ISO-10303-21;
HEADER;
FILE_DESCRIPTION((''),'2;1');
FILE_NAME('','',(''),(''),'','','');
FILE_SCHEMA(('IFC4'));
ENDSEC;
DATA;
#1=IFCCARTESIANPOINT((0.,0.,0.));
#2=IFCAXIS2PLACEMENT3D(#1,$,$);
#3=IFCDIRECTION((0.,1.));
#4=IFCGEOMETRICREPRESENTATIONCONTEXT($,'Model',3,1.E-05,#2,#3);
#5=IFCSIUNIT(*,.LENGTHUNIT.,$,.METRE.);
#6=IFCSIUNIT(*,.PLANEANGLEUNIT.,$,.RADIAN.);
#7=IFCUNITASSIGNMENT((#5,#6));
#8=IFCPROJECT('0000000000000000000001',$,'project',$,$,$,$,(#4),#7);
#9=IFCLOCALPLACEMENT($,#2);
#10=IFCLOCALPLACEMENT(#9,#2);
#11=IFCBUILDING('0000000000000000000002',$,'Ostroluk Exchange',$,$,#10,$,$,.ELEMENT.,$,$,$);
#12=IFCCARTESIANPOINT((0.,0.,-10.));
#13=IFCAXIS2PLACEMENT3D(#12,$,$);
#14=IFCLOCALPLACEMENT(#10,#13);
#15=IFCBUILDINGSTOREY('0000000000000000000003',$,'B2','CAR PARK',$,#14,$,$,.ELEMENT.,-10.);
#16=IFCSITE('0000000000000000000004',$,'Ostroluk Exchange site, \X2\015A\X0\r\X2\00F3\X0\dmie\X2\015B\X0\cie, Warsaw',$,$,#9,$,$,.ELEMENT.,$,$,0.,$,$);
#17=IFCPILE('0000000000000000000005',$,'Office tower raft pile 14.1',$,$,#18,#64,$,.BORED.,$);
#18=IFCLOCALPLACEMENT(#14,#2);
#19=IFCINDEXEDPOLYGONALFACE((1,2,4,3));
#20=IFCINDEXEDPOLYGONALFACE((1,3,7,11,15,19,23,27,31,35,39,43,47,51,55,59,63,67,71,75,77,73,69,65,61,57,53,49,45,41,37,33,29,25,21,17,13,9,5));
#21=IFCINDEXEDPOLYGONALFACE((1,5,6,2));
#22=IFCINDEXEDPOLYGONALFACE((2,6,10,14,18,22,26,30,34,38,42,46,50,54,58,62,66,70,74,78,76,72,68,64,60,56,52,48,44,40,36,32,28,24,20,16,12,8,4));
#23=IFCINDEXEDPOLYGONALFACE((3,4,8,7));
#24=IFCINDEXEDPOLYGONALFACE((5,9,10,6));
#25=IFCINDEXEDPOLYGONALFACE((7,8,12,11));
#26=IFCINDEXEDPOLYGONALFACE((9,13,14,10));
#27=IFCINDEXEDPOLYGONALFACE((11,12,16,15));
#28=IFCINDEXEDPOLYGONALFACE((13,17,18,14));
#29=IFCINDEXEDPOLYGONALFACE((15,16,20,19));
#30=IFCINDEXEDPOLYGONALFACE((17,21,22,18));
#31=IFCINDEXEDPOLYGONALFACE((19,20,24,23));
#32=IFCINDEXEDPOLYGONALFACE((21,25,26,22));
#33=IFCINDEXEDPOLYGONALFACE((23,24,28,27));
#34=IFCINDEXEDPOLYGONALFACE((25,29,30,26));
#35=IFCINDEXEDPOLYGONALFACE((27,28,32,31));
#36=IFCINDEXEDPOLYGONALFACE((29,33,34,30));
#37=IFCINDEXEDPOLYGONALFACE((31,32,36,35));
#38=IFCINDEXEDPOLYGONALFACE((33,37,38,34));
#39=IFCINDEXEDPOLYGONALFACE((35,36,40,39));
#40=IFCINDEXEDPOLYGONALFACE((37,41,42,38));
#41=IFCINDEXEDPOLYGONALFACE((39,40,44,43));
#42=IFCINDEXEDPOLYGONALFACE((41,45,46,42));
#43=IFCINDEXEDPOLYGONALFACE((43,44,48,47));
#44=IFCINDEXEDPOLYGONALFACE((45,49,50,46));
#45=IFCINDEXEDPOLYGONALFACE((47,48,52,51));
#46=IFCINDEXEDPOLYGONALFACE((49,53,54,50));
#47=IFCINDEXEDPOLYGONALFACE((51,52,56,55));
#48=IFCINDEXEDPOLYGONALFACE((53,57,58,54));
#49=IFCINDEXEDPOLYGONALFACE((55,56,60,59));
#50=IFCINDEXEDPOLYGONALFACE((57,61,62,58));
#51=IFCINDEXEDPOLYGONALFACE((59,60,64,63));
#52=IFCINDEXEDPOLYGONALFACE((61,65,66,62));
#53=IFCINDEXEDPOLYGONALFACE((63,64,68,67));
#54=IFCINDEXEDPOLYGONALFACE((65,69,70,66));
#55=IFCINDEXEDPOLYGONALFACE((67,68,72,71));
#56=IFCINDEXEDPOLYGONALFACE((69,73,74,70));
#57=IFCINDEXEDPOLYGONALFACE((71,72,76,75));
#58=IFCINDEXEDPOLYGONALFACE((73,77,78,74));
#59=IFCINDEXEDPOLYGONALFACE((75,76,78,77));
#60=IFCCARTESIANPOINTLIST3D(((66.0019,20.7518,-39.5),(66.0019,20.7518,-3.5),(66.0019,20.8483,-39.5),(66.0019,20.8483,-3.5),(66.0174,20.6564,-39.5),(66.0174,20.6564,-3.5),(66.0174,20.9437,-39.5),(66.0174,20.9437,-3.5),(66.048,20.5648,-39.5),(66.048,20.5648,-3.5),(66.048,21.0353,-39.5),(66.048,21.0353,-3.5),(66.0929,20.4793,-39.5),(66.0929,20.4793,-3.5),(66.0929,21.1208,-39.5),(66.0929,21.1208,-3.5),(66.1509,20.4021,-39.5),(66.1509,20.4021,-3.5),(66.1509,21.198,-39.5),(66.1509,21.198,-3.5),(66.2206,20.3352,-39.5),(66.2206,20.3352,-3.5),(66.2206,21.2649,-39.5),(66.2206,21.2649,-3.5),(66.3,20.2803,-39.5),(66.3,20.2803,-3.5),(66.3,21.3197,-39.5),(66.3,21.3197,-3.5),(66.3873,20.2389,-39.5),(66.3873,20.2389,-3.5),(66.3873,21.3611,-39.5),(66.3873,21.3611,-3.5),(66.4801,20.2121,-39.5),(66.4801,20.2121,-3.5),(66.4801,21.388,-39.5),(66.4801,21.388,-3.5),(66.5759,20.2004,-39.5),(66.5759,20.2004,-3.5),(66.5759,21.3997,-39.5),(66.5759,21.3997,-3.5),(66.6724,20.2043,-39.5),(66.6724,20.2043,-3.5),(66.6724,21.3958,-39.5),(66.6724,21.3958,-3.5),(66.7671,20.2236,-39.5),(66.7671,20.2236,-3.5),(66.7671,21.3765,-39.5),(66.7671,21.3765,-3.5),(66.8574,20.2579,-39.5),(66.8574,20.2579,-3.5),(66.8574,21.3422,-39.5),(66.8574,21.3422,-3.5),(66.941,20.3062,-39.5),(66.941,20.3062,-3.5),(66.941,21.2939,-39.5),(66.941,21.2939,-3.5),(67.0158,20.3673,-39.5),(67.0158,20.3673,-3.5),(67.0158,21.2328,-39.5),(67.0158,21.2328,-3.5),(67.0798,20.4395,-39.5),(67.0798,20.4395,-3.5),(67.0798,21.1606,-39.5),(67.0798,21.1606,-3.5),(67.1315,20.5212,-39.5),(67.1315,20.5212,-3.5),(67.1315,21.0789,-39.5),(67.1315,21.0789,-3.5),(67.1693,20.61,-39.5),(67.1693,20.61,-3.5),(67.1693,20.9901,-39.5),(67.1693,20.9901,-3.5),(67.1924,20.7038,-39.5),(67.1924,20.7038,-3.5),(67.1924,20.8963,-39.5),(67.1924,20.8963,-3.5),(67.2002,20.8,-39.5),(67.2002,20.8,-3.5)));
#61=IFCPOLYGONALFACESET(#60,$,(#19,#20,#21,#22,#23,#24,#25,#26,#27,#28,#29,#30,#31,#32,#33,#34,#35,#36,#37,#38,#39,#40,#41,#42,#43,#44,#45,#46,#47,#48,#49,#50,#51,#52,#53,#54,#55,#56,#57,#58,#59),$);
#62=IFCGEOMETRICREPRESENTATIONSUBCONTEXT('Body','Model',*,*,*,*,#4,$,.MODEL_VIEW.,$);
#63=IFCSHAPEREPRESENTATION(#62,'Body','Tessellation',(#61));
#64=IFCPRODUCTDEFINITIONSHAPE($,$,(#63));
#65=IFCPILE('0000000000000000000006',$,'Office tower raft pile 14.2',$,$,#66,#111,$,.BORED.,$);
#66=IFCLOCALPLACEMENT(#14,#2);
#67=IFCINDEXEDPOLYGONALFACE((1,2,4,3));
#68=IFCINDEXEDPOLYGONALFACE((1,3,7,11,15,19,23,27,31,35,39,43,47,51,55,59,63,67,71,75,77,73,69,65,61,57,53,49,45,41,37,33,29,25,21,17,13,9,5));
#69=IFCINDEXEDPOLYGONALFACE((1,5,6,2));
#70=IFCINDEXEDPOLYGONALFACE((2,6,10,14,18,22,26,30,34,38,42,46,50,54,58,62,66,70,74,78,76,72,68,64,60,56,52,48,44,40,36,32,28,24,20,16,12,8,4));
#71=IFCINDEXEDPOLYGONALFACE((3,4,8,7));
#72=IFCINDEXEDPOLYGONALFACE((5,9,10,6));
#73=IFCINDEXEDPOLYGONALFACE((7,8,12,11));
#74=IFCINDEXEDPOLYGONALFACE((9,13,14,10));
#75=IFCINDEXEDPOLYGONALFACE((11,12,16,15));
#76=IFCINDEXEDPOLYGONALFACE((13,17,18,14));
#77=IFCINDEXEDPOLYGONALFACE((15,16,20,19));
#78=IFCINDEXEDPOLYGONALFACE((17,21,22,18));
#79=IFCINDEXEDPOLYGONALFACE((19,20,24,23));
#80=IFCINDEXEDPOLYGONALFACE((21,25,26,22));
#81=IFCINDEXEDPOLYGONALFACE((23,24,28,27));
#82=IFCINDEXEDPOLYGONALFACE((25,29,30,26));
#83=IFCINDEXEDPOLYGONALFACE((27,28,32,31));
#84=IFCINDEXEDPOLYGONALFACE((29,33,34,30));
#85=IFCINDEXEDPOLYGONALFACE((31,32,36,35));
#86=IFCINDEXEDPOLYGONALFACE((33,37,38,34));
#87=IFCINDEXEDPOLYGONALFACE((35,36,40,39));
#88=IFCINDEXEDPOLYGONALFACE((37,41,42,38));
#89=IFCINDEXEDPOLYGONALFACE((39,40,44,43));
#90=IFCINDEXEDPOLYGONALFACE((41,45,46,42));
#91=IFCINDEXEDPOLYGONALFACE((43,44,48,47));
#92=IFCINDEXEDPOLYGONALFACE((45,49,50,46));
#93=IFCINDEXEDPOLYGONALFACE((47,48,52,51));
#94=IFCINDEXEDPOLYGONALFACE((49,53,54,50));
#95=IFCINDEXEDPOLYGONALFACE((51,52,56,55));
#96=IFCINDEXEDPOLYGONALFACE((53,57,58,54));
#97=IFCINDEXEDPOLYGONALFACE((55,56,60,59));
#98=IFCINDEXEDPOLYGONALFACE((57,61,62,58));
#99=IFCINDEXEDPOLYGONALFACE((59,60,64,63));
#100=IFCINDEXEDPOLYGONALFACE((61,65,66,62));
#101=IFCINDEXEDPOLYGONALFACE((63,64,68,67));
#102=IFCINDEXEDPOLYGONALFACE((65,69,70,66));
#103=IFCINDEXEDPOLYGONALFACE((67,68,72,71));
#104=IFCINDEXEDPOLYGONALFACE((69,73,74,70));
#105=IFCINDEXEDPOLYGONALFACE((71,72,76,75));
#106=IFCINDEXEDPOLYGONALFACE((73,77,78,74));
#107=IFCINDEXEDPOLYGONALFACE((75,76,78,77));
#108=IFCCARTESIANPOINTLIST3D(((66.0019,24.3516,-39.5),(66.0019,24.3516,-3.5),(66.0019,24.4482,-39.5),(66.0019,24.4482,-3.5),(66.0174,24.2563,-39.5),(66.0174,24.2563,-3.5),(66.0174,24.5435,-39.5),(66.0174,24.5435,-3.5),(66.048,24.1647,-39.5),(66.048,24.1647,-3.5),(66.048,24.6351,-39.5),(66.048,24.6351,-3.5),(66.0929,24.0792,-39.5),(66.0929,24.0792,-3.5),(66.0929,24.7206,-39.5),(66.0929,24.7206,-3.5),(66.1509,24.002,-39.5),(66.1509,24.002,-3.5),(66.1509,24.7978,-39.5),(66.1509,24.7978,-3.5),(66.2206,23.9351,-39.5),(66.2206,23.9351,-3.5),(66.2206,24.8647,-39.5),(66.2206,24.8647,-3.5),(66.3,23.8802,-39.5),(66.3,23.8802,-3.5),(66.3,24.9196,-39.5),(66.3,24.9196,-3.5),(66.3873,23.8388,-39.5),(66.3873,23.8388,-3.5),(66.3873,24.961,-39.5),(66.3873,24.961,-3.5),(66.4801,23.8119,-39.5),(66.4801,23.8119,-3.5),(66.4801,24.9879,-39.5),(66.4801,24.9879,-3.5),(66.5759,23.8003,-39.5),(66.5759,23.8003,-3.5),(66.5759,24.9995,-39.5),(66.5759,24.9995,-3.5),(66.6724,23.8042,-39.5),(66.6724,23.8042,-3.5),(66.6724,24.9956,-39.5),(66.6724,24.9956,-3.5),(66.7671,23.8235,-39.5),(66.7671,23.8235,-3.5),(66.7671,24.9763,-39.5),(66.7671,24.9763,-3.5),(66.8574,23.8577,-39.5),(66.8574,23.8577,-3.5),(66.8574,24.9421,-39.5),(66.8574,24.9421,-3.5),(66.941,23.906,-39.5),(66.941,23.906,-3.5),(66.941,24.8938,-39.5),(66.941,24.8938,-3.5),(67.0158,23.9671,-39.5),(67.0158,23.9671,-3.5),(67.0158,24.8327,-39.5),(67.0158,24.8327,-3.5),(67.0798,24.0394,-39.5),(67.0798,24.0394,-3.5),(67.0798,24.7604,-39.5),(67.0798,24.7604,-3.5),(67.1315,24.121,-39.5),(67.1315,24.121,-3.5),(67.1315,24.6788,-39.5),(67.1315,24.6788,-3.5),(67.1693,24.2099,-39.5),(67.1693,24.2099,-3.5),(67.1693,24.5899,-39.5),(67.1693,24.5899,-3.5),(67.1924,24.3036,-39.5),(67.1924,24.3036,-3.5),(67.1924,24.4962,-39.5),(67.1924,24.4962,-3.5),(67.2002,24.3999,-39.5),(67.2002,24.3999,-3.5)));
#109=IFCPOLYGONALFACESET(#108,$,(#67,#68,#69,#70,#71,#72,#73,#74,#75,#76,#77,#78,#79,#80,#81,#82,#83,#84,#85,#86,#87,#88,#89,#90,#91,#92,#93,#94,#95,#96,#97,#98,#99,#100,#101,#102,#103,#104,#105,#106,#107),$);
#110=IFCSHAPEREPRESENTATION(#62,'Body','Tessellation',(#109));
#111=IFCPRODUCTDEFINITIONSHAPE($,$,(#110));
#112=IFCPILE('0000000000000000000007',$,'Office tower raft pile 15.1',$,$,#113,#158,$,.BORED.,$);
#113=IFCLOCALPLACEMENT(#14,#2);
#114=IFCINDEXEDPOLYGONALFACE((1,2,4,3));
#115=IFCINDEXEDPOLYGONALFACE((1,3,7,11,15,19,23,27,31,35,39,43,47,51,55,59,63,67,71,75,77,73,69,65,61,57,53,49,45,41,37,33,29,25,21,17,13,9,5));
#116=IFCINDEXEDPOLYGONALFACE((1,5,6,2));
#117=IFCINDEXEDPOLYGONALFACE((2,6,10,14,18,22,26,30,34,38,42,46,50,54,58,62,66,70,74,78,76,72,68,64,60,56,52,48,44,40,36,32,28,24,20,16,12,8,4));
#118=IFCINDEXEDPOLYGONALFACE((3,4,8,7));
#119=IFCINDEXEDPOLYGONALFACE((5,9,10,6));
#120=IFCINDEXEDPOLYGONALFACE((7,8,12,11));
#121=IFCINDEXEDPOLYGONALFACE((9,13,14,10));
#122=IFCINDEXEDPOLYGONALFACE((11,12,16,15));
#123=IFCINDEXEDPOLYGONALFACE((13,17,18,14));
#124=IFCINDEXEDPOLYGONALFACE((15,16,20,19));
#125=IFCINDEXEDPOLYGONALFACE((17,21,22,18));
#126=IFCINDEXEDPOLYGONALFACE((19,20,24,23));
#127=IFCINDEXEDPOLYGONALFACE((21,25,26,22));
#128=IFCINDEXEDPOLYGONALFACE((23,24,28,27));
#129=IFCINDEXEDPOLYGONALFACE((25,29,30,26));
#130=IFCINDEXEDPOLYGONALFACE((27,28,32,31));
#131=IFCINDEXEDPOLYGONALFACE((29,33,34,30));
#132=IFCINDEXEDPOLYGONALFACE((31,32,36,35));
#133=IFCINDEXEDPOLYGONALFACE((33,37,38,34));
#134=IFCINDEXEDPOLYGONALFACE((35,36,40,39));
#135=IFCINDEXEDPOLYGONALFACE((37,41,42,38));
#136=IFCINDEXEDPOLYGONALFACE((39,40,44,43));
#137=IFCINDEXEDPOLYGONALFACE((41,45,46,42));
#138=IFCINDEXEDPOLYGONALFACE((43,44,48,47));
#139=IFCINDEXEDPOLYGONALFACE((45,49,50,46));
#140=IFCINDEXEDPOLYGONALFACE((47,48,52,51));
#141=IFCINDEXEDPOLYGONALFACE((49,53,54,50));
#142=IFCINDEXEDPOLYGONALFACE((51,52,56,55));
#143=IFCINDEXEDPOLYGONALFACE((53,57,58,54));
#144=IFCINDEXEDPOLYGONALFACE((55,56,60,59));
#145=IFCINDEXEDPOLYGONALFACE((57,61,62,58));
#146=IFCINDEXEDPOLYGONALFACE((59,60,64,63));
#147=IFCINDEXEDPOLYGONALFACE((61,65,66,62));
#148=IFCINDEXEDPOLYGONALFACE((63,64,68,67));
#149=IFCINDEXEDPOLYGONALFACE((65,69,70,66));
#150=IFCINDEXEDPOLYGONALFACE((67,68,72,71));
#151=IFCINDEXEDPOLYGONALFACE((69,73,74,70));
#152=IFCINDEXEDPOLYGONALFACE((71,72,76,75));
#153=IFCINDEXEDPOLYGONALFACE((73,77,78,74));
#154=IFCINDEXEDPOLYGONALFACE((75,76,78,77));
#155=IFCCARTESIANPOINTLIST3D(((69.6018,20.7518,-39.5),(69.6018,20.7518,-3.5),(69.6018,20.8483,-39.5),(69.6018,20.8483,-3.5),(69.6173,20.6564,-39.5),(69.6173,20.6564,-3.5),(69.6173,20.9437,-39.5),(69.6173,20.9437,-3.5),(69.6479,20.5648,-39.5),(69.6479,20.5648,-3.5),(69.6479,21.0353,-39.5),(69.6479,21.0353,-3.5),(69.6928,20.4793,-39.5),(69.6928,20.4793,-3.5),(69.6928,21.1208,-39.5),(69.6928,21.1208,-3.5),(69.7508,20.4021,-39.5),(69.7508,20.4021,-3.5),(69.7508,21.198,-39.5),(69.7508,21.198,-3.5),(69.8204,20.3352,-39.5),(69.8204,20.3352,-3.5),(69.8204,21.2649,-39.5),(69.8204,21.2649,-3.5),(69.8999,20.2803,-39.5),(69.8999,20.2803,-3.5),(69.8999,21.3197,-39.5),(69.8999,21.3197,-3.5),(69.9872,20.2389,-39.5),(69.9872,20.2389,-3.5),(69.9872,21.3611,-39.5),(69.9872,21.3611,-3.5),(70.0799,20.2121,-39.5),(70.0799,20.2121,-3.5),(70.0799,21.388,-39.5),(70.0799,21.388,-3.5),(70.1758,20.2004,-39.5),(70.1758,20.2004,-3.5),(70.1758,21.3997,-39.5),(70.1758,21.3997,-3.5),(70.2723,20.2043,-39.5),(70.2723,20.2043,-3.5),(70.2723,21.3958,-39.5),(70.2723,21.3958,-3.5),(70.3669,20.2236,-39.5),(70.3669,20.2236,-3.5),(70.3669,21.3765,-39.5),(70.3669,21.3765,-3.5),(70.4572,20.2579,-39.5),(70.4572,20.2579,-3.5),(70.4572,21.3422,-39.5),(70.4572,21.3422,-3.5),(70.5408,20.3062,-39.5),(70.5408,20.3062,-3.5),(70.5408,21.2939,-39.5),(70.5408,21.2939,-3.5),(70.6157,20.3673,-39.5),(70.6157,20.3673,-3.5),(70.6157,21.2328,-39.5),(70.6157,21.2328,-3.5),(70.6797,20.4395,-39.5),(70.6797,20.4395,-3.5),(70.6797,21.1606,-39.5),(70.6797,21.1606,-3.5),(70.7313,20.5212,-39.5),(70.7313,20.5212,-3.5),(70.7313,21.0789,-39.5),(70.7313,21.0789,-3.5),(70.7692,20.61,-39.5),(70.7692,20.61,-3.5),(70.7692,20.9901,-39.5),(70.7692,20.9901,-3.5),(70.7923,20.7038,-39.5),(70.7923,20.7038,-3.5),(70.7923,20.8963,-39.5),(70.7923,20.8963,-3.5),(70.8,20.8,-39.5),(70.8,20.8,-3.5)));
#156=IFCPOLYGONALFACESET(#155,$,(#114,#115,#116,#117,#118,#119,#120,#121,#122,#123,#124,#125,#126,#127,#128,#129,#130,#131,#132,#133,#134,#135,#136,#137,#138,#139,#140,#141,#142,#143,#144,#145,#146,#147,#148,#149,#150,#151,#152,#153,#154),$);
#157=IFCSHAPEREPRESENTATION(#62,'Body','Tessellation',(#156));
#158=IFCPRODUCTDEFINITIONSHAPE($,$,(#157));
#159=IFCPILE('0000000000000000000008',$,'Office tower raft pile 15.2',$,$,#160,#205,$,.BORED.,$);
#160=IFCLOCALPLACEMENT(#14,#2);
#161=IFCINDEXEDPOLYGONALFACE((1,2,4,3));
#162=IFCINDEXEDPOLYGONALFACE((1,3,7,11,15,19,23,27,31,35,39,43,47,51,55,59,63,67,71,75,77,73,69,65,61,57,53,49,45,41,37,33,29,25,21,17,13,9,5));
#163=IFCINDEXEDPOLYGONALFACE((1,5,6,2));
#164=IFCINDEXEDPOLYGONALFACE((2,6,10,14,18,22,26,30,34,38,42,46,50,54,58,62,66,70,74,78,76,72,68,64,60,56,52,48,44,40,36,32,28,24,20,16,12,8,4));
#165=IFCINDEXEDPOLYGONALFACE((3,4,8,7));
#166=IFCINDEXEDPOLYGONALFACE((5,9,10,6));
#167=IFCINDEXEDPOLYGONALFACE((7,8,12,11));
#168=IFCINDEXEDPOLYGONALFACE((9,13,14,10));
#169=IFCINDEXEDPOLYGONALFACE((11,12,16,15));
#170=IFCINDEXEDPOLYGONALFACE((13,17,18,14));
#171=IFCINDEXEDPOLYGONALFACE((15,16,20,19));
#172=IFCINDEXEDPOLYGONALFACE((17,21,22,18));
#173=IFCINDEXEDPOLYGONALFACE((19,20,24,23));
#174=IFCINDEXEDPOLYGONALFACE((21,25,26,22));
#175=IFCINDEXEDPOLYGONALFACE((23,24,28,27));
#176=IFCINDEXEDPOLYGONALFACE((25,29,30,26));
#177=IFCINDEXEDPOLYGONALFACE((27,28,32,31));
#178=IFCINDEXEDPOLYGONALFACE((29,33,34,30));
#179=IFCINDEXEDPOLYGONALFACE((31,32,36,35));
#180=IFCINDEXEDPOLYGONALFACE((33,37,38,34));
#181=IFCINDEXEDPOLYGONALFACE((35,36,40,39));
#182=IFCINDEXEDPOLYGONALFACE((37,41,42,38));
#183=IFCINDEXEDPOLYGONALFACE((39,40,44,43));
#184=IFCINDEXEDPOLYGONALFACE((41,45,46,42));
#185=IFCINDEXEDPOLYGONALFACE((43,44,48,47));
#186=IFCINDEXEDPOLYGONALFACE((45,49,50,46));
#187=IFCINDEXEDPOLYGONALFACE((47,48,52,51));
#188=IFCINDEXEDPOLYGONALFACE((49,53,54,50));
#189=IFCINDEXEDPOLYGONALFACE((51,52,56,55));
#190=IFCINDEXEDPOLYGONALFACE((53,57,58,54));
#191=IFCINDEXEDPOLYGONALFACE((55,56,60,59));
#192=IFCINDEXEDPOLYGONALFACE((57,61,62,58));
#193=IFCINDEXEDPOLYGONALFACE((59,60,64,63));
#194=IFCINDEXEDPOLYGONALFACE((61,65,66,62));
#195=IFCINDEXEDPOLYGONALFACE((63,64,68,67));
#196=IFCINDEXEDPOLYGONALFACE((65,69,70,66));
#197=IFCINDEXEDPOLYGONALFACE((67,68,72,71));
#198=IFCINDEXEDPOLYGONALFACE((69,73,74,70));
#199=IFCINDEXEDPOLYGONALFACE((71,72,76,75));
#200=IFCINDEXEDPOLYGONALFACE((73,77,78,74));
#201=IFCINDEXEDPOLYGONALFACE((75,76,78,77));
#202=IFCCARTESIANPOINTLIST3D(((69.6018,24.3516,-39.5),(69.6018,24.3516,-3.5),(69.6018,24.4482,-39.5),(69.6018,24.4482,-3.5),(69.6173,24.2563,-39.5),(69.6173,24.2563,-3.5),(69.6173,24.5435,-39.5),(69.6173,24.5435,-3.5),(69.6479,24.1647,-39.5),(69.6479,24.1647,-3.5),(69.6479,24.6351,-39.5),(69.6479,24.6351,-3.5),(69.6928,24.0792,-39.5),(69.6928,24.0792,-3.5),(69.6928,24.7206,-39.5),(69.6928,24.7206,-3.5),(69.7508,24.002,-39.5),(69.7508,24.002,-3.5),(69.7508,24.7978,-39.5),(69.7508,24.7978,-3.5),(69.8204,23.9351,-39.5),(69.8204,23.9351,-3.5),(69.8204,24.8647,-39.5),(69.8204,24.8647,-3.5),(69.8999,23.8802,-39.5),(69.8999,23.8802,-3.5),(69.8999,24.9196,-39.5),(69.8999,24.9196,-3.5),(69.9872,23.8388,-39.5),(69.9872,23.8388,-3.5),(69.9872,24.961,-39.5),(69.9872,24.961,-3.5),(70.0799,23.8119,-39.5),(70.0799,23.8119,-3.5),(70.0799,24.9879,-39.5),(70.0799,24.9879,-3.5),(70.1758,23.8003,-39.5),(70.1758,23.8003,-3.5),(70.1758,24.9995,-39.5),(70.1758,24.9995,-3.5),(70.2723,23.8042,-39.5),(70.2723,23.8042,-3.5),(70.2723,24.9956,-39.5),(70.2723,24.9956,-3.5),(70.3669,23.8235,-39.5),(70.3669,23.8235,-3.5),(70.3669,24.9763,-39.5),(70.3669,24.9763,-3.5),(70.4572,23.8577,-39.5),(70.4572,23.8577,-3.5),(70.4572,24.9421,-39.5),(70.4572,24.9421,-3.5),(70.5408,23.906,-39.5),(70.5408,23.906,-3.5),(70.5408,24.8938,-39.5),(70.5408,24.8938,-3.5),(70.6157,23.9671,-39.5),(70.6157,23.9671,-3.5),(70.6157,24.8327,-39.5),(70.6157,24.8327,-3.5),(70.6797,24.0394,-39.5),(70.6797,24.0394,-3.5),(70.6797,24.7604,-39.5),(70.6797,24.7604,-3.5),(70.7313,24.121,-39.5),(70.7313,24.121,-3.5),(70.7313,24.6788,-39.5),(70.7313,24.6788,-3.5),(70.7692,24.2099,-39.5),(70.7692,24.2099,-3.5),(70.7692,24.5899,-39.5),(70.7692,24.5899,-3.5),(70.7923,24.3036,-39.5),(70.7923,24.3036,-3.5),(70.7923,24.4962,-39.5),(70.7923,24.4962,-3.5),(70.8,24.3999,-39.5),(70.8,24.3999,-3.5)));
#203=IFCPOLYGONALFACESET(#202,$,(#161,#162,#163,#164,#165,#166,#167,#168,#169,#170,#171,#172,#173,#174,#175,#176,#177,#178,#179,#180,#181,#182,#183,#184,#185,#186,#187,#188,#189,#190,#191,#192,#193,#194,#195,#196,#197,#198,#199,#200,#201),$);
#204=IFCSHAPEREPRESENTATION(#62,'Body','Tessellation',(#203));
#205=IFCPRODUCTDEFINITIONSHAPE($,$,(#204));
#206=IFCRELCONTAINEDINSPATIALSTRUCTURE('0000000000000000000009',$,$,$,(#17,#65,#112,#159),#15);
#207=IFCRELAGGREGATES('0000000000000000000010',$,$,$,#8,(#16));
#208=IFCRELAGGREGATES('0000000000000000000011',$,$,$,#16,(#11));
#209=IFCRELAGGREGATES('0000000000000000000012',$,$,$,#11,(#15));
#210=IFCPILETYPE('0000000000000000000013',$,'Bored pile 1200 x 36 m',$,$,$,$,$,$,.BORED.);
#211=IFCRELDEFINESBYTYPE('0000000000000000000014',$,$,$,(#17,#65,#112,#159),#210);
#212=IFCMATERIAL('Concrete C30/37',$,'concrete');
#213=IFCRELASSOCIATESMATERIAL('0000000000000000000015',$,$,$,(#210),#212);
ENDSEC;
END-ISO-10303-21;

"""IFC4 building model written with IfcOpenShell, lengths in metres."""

from ifc_helpers import new_model, si_unit, direction, frame, origin, origin_2d, place, context, subcontext, project, spatial, circle, extrude, material, type_object, element, save


model = new_model("IFC4")

# Units and contexts
model_context = context("Model", 3, precision=1e-05, world=origin(), true_north=direction((0.0, 1.0)))
body_context = subcontext(model_context, "Body", "Model", "MODEL_VIEW")
ifc_project = project(units=[si_unit("LENGTHUNIT", "METRE"), si_unit("PLANEANGLEUNIT", "RADIAN")], contexts=[model_context])

# Site, building, storey
site_placement = place(None, origin())
site = spatial("IfcSite", under=ifc_project, at=site_placement, Name="Ostroluk Exchange site, Śródmieście, Warsaw", CompositionType="ELEMENT", RefElevation=0.0)
building_placement = place(site_placement, origin())
building = spatial("IfcBuilding", under=site, at=building_placement, Name="Ostroluk Exchange", CompositionType="ELEMENT")
storey_placement = place(building_placement, frame((0.0, 0.0, -10.0)))
storey = spatial("IfcBuildingStorey", under=building, at=storey_placement, Name="B2", Description="CAR PARK", CompositionType="ELEMENT", Elevation=-10.0)

# Piles
ifc_material_1 = material(Name="Concrete C30/37", Category="concrete")
pile_type_1 = type_object("IfcPileType", Name="Bored pile 1200 x 36 m", PredefinedType="BORED", material=ifc_material_1)
for number, where, z_axis, x_axis, name in (
    (1, (66.6001, 20.8, -3.5), (0.0, 0.0, -1.0), (1.0, 0.0, 0.0), "Office tower raft pile 14.1"),
    (2, (66.6001, 24.3999, -3.5), (0.0, 0.0, -1.0), (1.0, 0.0, 0.0), "Office tower raft pile 14.2"),
    (3, (70.2, 20.8, -3.5), (0.0, 0.0, -1.0), (1.0, 0.0, 0.0), "Office tower raft pile 15.1"),
    (4, (70.2, 24.3999, -3.5), (0.0, 0.0, -1.0), (1.0, 0.0, 0.0), "Office tower raft pile 15.2"),
):
    element("IfcPile", number, at=place(storey_placement, frame(where, z_axis=z_axis, x_axis=x_axis)), inside=storey, type_object=pile_type_1, Name=name, PredefinedType="BORED", context=body_context, shape_type="SweptSolid", body=[
        extrude(circle(Radius=0.6001, at=origin_2d()), origin(), (0.0, 0.0, 1.0), 36.0),
    ])

save(model, "model.ifc")
